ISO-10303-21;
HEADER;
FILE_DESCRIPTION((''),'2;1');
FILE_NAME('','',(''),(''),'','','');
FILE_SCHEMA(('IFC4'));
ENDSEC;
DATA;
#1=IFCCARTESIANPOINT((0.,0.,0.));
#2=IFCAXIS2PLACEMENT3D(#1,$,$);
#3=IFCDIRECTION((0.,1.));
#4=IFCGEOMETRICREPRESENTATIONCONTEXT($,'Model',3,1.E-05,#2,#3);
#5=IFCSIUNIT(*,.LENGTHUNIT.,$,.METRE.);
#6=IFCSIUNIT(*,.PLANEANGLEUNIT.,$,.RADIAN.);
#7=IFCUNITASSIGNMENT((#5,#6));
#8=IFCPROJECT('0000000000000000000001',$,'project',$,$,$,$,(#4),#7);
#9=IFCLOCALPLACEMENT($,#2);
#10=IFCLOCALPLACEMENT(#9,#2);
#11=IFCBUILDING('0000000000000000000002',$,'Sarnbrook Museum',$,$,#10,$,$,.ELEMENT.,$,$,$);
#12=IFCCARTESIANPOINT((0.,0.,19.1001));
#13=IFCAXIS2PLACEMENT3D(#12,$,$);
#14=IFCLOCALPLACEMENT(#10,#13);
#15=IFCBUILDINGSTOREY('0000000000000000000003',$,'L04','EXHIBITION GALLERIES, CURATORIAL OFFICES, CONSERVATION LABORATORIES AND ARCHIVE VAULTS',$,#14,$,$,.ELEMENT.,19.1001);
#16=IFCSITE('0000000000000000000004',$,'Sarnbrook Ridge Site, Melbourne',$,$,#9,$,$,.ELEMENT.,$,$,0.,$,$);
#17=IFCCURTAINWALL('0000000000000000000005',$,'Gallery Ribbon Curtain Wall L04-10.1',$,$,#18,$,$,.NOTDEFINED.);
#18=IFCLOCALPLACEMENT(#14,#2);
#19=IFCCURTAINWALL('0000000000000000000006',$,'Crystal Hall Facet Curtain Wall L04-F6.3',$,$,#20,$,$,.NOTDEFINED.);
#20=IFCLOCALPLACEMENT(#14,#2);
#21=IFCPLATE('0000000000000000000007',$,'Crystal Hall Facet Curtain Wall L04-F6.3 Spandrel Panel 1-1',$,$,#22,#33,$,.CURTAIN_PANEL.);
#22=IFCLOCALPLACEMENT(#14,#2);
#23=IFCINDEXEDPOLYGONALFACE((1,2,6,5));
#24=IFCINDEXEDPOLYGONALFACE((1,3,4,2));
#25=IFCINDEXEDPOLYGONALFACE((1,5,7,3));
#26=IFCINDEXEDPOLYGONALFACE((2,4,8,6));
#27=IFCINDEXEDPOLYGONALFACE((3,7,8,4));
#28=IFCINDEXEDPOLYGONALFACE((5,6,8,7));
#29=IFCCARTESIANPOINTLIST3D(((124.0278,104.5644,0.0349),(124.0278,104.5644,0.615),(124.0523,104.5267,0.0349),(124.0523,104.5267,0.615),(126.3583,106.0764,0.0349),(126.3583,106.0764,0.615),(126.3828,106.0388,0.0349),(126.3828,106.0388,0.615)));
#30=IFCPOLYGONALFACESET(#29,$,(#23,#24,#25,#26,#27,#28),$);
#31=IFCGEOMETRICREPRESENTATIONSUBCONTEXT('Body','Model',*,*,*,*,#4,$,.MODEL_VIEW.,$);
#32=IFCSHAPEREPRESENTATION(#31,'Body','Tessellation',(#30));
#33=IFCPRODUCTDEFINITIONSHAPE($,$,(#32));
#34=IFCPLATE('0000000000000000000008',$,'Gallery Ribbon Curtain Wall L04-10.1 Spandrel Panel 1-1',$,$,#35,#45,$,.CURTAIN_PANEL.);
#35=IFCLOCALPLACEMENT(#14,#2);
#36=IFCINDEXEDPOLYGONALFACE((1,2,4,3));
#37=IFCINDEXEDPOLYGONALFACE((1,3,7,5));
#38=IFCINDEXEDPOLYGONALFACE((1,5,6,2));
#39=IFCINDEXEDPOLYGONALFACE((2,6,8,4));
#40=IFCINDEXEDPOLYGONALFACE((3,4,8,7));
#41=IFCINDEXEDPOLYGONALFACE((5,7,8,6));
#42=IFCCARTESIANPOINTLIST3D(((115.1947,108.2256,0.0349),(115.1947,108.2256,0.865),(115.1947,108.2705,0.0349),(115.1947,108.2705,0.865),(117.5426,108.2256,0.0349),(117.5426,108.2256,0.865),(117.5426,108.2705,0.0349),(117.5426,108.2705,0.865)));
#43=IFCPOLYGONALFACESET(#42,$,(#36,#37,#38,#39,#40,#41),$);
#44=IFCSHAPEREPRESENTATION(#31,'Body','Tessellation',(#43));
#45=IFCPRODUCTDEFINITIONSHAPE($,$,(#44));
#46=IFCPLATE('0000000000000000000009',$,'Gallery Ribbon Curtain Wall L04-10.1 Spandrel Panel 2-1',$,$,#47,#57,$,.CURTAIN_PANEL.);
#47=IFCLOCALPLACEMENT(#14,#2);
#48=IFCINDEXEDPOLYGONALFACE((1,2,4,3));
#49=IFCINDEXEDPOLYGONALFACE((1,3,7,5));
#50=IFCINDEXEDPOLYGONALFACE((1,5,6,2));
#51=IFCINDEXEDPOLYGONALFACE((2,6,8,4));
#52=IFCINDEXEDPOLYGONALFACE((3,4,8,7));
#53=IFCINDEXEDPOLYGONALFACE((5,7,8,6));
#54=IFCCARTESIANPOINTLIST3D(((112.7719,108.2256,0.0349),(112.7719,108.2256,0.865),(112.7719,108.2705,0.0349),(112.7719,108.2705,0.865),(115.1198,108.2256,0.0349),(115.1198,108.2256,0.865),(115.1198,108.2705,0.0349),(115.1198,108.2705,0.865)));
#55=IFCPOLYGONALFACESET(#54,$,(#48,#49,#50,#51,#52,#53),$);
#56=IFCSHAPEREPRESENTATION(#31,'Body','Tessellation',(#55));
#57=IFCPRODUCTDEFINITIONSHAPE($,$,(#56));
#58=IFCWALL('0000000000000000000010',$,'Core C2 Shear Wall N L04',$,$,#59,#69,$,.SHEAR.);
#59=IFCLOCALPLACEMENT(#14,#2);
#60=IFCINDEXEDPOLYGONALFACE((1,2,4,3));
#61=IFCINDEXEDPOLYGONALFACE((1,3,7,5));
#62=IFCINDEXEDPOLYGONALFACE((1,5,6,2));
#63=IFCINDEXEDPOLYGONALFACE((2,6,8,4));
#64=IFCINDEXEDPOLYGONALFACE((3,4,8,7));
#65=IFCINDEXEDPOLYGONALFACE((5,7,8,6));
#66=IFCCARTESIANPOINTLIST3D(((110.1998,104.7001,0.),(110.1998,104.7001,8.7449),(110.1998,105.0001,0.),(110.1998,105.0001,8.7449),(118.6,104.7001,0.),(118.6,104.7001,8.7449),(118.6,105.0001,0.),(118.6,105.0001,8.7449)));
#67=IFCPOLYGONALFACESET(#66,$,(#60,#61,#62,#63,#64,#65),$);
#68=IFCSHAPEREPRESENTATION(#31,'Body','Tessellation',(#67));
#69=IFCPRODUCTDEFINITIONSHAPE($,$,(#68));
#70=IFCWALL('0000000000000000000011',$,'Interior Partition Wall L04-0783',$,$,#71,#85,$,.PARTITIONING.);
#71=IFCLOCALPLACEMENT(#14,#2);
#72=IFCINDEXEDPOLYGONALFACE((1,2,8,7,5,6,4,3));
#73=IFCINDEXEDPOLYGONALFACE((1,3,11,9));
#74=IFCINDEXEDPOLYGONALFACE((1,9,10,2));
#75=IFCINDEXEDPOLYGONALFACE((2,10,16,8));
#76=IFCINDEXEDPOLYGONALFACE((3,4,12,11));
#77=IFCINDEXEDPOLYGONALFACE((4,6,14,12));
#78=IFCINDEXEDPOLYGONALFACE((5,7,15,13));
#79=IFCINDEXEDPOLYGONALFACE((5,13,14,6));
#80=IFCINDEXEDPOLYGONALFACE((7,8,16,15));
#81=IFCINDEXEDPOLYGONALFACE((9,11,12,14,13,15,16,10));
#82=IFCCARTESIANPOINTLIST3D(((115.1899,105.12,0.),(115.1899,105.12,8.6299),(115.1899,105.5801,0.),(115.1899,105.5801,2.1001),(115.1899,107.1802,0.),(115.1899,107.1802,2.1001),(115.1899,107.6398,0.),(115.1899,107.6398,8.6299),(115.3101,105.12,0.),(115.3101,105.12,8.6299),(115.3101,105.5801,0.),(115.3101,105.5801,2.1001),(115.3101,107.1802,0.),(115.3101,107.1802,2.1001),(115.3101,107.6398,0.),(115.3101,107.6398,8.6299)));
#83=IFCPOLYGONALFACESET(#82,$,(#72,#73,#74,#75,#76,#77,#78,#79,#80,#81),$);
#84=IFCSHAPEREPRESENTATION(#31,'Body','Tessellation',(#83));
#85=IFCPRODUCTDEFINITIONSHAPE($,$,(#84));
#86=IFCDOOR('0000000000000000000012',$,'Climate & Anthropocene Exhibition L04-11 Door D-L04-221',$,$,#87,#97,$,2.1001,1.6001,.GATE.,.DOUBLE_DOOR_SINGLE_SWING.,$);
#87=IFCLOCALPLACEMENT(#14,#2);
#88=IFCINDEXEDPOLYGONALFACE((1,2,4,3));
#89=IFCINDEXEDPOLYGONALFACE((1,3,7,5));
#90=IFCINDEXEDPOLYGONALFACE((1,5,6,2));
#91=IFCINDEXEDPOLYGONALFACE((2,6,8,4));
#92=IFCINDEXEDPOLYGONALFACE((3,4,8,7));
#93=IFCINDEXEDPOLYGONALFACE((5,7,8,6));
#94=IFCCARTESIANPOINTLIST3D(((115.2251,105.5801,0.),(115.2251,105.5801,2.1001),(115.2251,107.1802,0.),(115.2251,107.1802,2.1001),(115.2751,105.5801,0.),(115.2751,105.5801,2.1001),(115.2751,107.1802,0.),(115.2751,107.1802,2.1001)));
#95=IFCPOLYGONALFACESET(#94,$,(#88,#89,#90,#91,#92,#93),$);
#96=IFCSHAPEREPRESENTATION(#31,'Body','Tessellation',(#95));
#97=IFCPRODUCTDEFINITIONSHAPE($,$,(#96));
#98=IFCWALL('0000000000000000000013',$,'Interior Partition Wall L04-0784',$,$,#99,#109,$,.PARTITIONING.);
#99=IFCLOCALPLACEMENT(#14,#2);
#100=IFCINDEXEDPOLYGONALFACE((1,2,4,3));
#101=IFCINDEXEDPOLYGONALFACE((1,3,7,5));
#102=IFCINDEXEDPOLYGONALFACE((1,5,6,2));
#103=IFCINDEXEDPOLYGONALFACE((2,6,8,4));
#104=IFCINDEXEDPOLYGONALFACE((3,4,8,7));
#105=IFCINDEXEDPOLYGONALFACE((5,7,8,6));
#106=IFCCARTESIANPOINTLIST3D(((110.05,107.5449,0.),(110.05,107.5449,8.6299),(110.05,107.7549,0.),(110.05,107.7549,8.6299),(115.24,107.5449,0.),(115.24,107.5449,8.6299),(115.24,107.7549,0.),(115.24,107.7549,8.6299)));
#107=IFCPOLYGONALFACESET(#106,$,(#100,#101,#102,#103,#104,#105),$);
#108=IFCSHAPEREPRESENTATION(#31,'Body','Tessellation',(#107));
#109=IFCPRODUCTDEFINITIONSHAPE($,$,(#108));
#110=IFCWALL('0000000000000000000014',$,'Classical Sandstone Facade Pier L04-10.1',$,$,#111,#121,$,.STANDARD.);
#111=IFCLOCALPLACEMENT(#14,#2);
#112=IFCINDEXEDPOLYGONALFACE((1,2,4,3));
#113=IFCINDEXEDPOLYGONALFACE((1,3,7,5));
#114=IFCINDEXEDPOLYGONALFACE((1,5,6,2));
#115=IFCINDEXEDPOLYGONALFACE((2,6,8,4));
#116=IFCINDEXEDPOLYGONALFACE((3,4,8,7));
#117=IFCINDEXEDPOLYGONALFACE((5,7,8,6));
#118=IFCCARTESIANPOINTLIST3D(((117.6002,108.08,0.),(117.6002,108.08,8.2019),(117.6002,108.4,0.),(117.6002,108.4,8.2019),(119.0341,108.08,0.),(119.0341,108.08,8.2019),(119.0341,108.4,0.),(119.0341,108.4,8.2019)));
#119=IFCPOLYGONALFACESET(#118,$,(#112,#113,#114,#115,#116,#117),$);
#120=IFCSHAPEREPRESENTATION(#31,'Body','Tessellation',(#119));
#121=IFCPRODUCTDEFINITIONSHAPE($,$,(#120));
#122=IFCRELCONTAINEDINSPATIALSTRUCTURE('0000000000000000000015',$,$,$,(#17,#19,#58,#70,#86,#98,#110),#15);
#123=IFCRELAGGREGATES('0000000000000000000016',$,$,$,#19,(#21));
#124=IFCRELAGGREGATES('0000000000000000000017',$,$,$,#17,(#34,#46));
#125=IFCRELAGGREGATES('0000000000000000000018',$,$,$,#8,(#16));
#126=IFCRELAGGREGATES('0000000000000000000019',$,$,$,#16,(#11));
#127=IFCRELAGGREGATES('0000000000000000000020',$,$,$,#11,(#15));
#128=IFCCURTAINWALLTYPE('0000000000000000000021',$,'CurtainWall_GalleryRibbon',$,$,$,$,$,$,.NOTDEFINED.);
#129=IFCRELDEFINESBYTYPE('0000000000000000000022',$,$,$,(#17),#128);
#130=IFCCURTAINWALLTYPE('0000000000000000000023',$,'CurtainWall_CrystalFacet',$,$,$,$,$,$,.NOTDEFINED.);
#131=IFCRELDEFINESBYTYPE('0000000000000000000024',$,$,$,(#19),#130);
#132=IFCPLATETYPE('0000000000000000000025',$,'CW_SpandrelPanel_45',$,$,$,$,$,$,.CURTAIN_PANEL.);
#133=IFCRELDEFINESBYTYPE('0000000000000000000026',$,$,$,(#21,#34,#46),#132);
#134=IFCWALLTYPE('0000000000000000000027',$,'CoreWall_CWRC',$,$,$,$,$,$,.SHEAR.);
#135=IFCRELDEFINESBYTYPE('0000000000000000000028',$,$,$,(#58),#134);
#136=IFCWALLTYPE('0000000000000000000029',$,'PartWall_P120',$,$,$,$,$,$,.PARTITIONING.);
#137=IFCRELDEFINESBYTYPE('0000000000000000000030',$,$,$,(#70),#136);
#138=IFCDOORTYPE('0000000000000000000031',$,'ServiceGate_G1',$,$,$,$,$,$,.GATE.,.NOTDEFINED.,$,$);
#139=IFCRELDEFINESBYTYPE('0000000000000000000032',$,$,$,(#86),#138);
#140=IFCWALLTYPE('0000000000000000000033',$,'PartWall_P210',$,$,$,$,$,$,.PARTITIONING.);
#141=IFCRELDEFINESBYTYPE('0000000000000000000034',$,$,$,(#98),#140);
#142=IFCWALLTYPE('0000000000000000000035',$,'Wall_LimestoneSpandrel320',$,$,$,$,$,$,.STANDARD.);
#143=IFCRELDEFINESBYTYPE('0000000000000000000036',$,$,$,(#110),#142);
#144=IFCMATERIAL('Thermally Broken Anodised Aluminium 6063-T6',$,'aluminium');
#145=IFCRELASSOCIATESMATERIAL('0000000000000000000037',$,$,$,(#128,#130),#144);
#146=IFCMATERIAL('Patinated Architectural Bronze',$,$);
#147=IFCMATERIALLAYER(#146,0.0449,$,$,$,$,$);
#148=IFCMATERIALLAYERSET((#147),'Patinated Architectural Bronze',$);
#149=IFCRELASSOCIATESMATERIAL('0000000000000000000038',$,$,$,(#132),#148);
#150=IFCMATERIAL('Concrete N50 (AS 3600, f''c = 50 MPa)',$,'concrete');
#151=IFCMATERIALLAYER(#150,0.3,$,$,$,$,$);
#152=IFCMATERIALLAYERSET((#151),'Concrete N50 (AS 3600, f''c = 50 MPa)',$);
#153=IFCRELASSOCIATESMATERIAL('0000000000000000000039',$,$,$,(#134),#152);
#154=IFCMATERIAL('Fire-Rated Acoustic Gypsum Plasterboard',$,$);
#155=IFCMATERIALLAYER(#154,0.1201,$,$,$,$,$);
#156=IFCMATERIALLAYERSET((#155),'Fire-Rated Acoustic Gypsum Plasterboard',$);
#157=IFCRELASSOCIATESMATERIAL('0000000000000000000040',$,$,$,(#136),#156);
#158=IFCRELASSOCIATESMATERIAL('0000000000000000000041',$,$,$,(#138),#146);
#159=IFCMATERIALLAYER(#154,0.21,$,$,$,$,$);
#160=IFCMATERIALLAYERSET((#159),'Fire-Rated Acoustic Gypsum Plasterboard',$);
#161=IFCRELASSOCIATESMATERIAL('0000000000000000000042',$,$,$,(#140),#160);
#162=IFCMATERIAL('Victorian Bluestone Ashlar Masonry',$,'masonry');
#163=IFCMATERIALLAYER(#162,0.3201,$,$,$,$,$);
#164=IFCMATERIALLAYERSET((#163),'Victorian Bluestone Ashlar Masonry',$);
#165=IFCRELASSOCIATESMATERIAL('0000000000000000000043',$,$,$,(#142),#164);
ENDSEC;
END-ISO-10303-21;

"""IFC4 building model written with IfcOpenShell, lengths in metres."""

from ifc_helpers import new_model, si_unit, direction, frame, frame_2d, origin, origin_2d, place, context, subcontext, project, spatial, rectangle, extrude, material, layer, layer_set, type_object, element, fill, aggregate, save


model = new_model("IFC4")

# Units and contexts
model_context = context("Model", 3, precision=1e-05, world=origin(), true_north=direction((0.0, 1.0)))
body_context = subcontext(model_context, "Body", "Model", "MODEL_VIEW")
ifc_project = project(units=[si_unit("LENGTHUNIT", "METRE"), si_unit("PLANEANGLEUNIT", "RADIAN")], contexts=[model_context])

# Site, building, storey
site_placement = place(None, origin())
site = spatial("IfcSite", under=ifc_project, at=site_placement, Name="Sarnbrook Ridge Site, Melbourne", CompositionType="ELEMENT", RefElevation=0.0)
building_placement = place(site_placement, origin())
building = spatial("IfcBuilding", under=site, at=building_placement, Name="Sarnbrook Museum", CompositionType="ELEMENT")
storey_placement = place(building_placement, frame((0.0, 0.0, 19.1001)))
storey = spatial("IfcBuildingStorey", under=building, at=storey_placement, Name="L04", Description="EXHIBITION GALLERIES, CURATORIAL OFFICES, CONSERVATION LABORATORIES AND ARCHIVE VAULTS", CompositionType="ELEMENT", Elevation=19.1001)

# Curtain walls
ifc_material_1 = material(Name="Thermally Broken Anodised Aluminium 6063-T6", Category="aluminium")
curtain_wall_type_1 = type_object("IfcCurtainWallType", Name="CurtainWall_GalleryRibbon", PredefinedType="NOTDEFINED", material=ifc_material_1)
curtain_wall_1_placement = place(storey_placement, origin())
curtain_wall_1 = element("IfcCurtainWall", 1, at=curtain_wall_1_placement, inside=storey, type_object=curtain_wall_type_1, Name="Gallery Ribbon Curtain Wall L04-10.1", PredefinedType="NOTDEFINED")
curtain_wall_type_2 = type_object("IfcCurtainWallType", Name="CurtainWall_CrystalFacet", PredefinedType="NOTDEFINED", material=ifc_material_1)
curtain_wall_2_placement = place(storey_placement, origin())
curtain_wall_2 = element("IfcCurtainWall", 2, at=curtain_wall_2_placement, inside=storey, type_object=curtain_wall_type_2, Name="Crystal Hall Facet Curtain Wall L04-F6.3", PredefinedType="NOTDEFINED")

# Plates
ifc_material_2 = material(Name="Patinated Architectural Bronze")
ifc_layer_1 = layer(ifc_material_2, 0.0449)
ifc_layer_set_1 = layer_set([ifc_layer_1], Name="Patinated Architectural Bronze")
plate_type_1 = type_object("IfcPlateType", Name="CW_SpandrelPanel_45", PredefinedType="CURTAIN_PANEL", material=ifc_layer_set_1)
plate_1_placement = place(storey_placement, frame((125.2175, 105.2827, 0.325), z_axis=(-0.544287, 0.838899, 0.0), x_axis=(-0.838899, -0.544287, 0.0)))
plate_1 = element("IfcPlate", 3, at=plate_1_placement, type_object=plate_type_1, Name="Crystal Hall Facet Curtain Wall L04-F6.3 Spandrel Panel 1-1", PredefinedType="CURTAIN_PANEL", context=body_context, shape_type="SweptSolid", body=[
    extrude(rectangle(XDim=2.7781, YDim=0.5801, at=origin_2d()), origin(), (0.0, 0.0, 1.0), 0.0449),
])
aggregate(curtain_wall_2, [plate_1])
plate_2_placement = place(storey_placement, frame((116.3687, 108.2256, 0.45), z_axis=(0.0, 1.0, 0.0), x_axis=(-1.0, 0.0, 0.0)))
plate_2 = element("IfcPlate", 4, at=plate_2_placement, type_object=plate_type_1, Name="Gallery Ribbon Curtain Wall L04-10.1 Spandrel Panel 1-1", PredefinedType="CURTAIN_PANEL", context=body_context, shape_type="SweptSolid", body=[
    extrude(rectangle(XDim=2.3479, YDim=0.8301, at=origin_2d()), origin(), (0.0, 0.0, 1.0), 0.0449),
])
plate_3_placement = place(storey_placement, frame((113.9458, 108.2256, 0.45), z_axis=(0.0, 1.0, 0.0), x_axis=(-1.0, 0.0, 0.0)))
plate_3 = element("IfcPlate", 5, at=plate_3_placement, type_object=plate_type_1, Name="Gallery Ribbon Curtain Wall L04-10.1 Spandrel Panel 2-1", PredefinedType="CURTAIN_PANEL", context=body_context, shape_type="SweptSolid", body=[
    extrude(rectangle(XDim=2.3479, YDim=0.8301, at=origin_2d()), origin(), (0.0, 0.0, 1.0), 0.0449),
])
aggregate(curtain_wall_1, [plate_2, plate_3])

# Wall
ifc_material_3 = material(Name="Concrete N50 (AS 3600, f'c = 50 MPa)", Category="concrete")
ifc_layer_2 = layer(ifc_material_3, 0.3)
ifc_layer_set_2 = layer_set([ifc_layer_2], Name="Concrete N50 (AS 3600, f'c = 50 MPa)")
wall_type_1 = type_object("IfcWallType", Name="CoreWall_CWRC", PredefinedType="SHEAR", material=ifc_layer_set_2)
wall_1_placement = place(storey_placement, frame((118.6001, 104.8501, 0.0), z_axis=(0.0, 0.0, 1.0), x_axis=(-1.0, 0.0, 0.0)))
element("IfcWall", 6, at=wall_1_placement, inside=storey, type_object=wall_type_1, Name="Core C2 Shear Wall N L04", PredefinedType="SHEAR", context=body_context, shape_type="SweptSolid", body=[
    extrude(rectangle(XDim=8.4001, YDim=0.3, at=frame_2d((4.2002, 0.0))), origin(), (0.0, 0.0, 1.0), 8.7449),
])

# Wall, opening, door
ifc_material_4 = material(Name="Fire-Rated Acoustic Gypsum Plasterboard")
ifc_layer_3 = layer(ifc_material_4, 0.1201)
ifc_layer_set_3 = layer_set([ifc_layer_3], Name="Fire-Rated Acoustic Gypsum Plasterboard")
wall_type_2 = type_object("IfcWallType", Name="PartWall_P120", PredefinedType="PARTITIONING", material=ifc_layer_set_3)
wall_2_placement = place(storey_placement, frame((115.25, 105.1201, 0.0), z_axis=(0.0, 0.0, 1.0), x_axis=(0.0, 1.0, 0.0)))
wall_2 = element("IfcWall", 7, at=wall_2_placement, inside=storey, type_object=wall_type_2, Name="Interior Partition Wall L04-0783", PredefinedType="PARTITIONING", context=body_context, shape_type="SweptSolid", body=[
    extrude(rectangle(XDim=2.5198, YDim=0.1201, at=frame_2d((1.2598, 0.0))), origin(), (0.0, 0.0, 1.0), 8.6299),
])
opening_placement = place(wall_2_placement, frame((0.46, 0.0, 0.0)))
opening = element("IfcOpeningElement", 8, at=opening_placement, cuts=wall_2, PredefinedType="OPENING", context=body_context, shape_type="SweptSolid", body=[
    extrude(rectangle(XDim=1.6001, YDim=2.1001, at=frame_2d((0.8, 1.05))), frame((0.0, 0.0701, 0.0), z_axis=(0.0, -1.0, 0.0), x_axis=(1.0, 0.0, 0.0)), (0.0, 0.0, 1.0), 0.1401),
])
door_type = type_object("IfcDoorType", Name="ServiceGate_G1", OperationType="NOTDEFINED", PredefinedType="GATE", material=ifc_material_2)
door_placement = place(opening_placement, origin())
door = element("IfcDoor", 9, at=door_placement, inside=storey, type_object=door_type, Name="Climate & Anthropocene Exhibition L04-11 Door D-L04-221", OperationType="DOUBLE_DOOR_SINGLE_SWING", OverallHeight=2.1001, OverallWidth=1.6001, PredefinedType="GATE", context=body_context, shape_type="SweptSolid", body=[
    extrude(rectangle(XDim=1.6001, YDim=2.1001, at=frame_2d((0.8, 1.05))), frame((0.0, 0.0249, 0.0), z_axis=(0.0, -1.0, 0.0), x_axis=(1.0, 0.0, 0.0)), (0.0, 0.0, 1.0), 0.05),
])
fill(opening, door)

# Walls
ifc_layer_4 = layer(ifc_material_4, 0.21)
ifc_layer_set_4 = layer_set([ifc_layer_4], Name="Fire-Rated Acoustic Gypsum Plasterboard")
wall_type_3 = type_object("IfcWallType", Name="PartWall_P210", PredefinedType="PARTITIONING", material=ifc_layer_set_4)
wall_3_placement = place(storey_placement, frame((115.24, 107.6499, 0.0), z_axis=(0.0, 0.0, 1.0), x_axis=(-1.0, 0.0, 0.0)))
element("IfcWall", 10, at=wall_3_placement, inside=storey, type_object=wall_type_3, Name="Interior Partition Wall L04-0784", PredefinedType="PARTITIONING", context=body_context, shape_type="SweptSolid", body=[
    extrude(rectangle(XDim=5.1899, YDim=0.21, at=frame_2d((2.595, 0.0))), origin(), (0.0, 0.0, 1.0), 8.6299),
])
ifc_material_5 = material(Name="Victorian Bluestone Ashlar Masonry", Category="masonry")
ifc_layer_5 = layer(ifc_material_5, 0.3201)
ifc_layer_set_5 = layer_set([ifc_layer_5], Name="Victorian Bluestone Ashlar Masonry")
wall_type_4 = type_object("IfcWallType", Name="Wall_LimestoneSpandrel320", PredefinedType="STANDARD", material=ifc_layer_set_5)
wall_4_placement = place(storey_placement, frame((119.0339, 108.24, 0.0), z_axis=(0.0, 0.0, 1.0), x_axis=(-1.0, 0.0, 0.0)))
element("IfcWall", 11, at=wall_4_placement, inside=storey, type_object=wall_type_4, Name="Classical Sandstone Facade Pier L04-10.1", PredefinedType="STANDARD", context=body_context, shape_type="SweptSolid", body=[
    extrude(rectangle(XDim=1.4338, YDim=0.3201, at=frame_2d((0.7168, 0.0))), origin(), (0.0, 0.0, 1.0), 8.2019),
])

save(model, "model.ifc")
